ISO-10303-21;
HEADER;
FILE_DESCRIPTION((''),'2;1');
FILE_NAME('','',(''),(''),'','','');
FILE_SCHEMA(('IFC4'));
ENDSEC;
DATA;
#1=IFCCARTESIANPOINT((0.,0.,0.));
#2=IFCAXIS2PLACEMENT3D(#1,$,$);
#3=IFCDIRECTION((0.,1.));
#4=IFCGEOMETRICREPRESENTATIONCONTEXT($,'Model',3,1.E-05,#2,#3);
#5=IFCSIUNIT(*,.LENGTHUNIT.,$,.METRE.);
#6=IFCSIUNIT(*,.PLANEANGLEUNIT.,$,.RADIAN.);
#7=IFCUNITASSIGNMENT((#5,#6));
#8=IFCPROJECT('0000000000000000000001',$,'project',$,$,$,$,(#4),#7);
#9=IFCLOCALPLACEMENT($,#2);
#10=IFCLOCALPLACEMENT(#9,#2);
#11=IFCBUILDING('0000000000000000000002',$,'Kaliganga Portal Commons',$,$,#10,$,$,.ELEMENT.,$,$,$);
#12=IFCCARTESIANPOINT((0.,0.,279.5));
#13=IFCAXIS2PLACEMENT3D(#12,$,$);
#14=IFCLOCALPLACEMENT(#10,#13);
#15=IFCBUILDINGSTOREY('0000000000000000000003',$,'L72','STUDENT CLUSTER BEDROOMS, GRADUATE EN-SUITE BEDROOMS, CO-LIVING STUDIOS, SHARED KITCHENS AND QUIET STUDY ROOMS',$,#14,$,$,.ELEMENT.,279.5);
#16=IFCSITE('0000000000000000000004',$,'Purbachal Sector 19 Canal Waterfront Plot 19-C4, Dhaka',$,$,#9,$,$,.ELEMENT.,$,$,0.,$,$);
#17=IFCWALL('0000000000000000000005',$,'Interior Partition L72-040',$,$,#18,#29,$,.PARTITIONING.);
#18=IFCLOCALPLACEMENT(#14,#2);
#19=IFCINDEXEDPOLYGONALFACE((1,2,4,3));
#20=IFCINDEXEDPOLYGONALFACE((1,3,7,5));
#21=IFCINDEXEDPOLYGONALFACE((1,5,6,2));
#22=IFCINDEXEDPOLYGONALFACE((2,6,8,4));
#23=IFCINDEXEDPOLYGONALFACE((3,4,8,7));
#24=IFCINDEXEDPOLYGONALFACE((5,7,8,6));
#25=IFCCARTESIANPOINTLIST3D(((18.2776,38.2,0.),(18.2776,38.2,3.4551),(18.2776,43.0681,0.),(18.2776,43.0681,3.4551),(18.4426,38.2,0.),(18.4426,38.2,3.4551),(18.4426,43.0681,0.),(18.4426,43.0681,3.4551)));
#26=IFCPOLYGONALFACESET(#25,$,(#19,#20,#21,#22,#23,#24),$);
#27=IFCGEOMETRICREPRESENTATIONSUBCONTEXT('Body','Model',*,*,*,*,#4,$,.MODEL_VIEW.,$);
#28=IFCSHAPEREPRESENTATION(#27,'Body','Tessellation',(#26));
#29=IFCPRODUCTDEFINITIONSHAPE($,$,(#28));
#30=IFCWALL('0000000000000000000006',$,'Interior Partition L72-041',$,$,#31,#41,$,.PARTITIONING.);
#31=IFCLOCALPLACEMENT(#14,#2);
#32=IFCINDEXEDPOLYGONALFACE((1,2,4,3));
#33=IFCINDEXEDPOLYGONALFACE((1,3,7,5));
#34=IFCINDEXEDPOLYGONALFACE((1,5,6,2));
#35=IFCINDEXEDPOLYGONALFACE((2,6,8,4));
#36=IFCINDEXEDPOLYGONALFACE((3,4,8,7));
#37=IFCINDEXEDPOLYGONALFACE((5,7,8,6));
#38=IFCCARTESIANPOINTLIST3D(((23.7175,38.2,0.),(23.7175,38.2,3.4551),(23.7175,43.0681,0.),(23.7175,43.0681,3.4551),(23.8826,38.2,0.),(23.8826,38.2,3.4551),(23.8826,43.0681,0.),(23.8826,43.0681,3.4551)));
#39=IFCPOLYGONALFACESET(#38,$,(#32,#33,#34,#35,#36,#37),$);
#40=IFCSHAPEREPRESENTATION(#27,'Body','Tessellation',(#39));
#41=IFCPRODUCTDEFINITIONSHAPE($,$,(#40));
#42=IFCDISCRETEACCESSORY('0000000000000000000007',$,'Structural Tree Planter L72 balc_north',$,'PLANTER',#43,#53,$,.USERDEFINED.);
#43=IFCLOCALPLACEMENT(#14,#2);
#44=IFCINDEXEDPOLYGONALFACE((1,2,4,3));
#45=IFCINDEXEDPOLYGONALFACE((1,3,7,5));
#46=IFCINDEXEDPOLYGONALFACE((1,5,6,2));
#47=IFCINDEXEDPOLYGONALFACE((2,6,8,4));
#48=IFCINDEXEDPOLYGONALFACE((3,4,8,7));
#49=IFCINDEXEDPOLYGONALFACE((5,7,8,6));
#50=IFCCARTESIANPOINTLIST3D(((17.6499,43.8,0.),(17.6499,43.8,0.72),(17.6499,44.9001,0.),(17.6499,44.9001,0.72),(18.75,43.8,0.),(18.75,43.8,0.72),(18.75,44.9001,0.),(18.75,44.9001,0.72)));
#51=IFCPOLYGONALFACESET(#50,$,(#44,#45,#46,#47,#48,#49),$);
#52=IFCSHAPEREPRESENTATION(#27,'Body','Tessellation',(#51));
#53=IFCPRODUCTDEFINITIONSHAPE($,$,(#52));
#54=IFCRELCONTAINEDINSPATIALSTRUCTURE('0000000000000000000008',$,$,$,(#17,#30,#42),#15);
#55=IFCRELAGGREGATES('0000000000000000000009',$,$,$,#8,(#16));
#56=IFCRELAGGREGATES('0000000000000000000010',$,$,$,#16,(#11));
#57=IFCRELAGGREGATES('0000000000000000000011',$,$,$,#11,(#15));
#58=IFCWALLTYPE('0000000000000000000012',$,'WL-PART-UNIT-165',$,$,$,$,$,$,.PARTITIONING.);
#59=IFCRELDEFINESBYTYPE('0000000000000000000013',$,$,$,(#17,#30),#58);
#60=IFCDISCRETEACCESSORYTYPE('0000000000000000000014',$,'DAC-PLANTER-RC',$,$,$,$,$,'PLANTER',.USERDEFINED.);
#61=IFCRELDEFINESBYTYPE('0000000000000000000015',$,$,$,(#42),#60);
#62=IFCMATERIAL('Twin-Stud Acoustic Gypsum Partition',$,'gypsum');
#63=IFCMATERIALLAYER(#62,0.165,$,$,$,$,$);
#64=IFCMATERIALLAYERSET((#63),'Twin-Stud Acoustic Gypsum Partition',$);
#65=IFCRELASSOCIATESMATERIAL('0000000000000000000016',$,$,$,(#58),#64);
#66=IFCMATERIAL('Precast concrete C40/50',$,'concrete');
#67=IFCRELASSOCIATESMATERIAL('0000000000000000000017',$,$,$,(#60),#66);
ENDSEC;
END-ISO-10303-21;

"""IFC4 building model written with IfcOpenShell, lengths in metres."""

from ifc_helpers import new_model, si_unit, direction, frame, frame_2d, origin, origin_2d, place, context, subcontext, project, spatial, rectangle, extrude, source, transform, mapped, material, layer, layer_set, type_object, element, save


model = new_model("IFC4")

# Units and contexts
model_context = context("Model", 3, precision=1e-05, world=origin(), true_north=direction((0.0, 1.0)))
body_context = subcontext(model_context, "Body", "Model", "MODEL_VIEW")
ifc_project = project(units=[si_unit("LENGTHUNIT", "METRE"), si_unit("PLANEANGLEUNIT", "RADIAN")], contexts=[model_context])

# Site, building, storey
site_placement = place(None, origin())
site = spatial("IfcSite", under=ifc_project, at=site_placement, Name="Purbachal Sector 19 Canal Waterfront Plot 19-C4, Dhaka", CompositionType="ELEMENT", RefElevation=0.0)
building_placement = place(site_placement, origin())
building = spatial("IfcBuilding", under=site, at=building_placement, Name="Kaliganga Portal Commons", CompositionType="ELEMENT")
storey_placement = place(building_placement, frame((0.0, 0.0, 279.5)))
storey = spatial("IfcBuildingStorey", under=building, at=storey_placement, Name="L72", Description="STUDENT CLUSTER BEDROOMS, GRADUATE EN-SUITE BEDROOMS, CO-LIVING STUDIOS, SHARED KITCHENS AND QUIET STUDY ROOMS", CompositionType="ELEMENT", Elevation=279.5)

# Walls
ifc_material_1 = material(Name="Twin-Stud Acoustic Gypsum Partition", Category="gypsum")
ifc_layer_1 = layer(ifc_material_1, 0.165)
ifc_layer_set_1 = layer_set([ifc_layer_1], Name="Twin-Stud Acoustic Gypsum Partition")
wall_type_1 = type_object("IfcWallType", Name="WL-PART-UNIT-165", PredefinedType="PARTITIONING", material=ifc_layer_set_1)
for number, where, z_axis, x_axis, name in (
    (1, (18.3601, 38.2, 0.0), (0.0, 0.0, 1.0), (0.0, 1.0, 0.0), "Interior Partition L72-040"),
    (2, (23.8, 38.2, 0.0), (0.0, 0.0, 1.0), (0.0, 1.0, 0.0), "Interior Partition L72-041"),
):
    element("IfcWall", number, at=place(storey_placement, frame(where, z_axis=z_axis, x_axis=x_axis)), inside=storey, type_object=wall_type_1, Name=name, PredefinedType="PARTITIONING", context=body_context, shape_type="SweptSolid", body=[
        extrude(rectangle(XDim=4.8682, YDim=0.165, at=frame_2d((2.4341, 0.0))), origin(), (0.0, 0.0, 1.0), 3.4551),
    ])

# Discrete accessory
ifc_material_2 = material(Name="Precast concrete C40/50", Category="concrete")
discrete_accessory_type = type_object("IfcDiscreteAccessoryType", Name="DAC-PLANTER-RC", ElementType="PLANTER", PredefinedType="USERDEFINED", material=ifc_material_2)
shared_shape_1 = source(origin(), body_context, "Body", "SweptSolid", [
    extrude(rectangle(XDim=1.1001, YDim=1.1001, at=origin_2d()), origin(), (0.0, 0.0, 1.0), 0.72),
])
discrete_accessory_placement = place(storey_placement, frame((18.2, 44.3501, 0.0), z_axis=(0.0, 0.0, 1.0), x_axis=(1.0, 0.0, 0.0)))
element("IfcDiscreteAccessory", 3, at=discrete_accessory_placement, inside=storey, type_object=discrete_accessory_type, Name="Structural Tree Planter L72 balc_north", ObjectType="PLANTER", PredefinedType="USERDEFINED", context=body_context, shape_type="MappedRepresentation", body=[
    mapped(shared_shape_1, transform((0.0, 0.0, 0.0), x_axis=(1.0, 0.0, 0.0), y_axis=(0.0, 1.0, 0.0), z_axis=(0.0, 0.0, 1.0), scale=1.0)),
])

save(model, "model.ifc")
